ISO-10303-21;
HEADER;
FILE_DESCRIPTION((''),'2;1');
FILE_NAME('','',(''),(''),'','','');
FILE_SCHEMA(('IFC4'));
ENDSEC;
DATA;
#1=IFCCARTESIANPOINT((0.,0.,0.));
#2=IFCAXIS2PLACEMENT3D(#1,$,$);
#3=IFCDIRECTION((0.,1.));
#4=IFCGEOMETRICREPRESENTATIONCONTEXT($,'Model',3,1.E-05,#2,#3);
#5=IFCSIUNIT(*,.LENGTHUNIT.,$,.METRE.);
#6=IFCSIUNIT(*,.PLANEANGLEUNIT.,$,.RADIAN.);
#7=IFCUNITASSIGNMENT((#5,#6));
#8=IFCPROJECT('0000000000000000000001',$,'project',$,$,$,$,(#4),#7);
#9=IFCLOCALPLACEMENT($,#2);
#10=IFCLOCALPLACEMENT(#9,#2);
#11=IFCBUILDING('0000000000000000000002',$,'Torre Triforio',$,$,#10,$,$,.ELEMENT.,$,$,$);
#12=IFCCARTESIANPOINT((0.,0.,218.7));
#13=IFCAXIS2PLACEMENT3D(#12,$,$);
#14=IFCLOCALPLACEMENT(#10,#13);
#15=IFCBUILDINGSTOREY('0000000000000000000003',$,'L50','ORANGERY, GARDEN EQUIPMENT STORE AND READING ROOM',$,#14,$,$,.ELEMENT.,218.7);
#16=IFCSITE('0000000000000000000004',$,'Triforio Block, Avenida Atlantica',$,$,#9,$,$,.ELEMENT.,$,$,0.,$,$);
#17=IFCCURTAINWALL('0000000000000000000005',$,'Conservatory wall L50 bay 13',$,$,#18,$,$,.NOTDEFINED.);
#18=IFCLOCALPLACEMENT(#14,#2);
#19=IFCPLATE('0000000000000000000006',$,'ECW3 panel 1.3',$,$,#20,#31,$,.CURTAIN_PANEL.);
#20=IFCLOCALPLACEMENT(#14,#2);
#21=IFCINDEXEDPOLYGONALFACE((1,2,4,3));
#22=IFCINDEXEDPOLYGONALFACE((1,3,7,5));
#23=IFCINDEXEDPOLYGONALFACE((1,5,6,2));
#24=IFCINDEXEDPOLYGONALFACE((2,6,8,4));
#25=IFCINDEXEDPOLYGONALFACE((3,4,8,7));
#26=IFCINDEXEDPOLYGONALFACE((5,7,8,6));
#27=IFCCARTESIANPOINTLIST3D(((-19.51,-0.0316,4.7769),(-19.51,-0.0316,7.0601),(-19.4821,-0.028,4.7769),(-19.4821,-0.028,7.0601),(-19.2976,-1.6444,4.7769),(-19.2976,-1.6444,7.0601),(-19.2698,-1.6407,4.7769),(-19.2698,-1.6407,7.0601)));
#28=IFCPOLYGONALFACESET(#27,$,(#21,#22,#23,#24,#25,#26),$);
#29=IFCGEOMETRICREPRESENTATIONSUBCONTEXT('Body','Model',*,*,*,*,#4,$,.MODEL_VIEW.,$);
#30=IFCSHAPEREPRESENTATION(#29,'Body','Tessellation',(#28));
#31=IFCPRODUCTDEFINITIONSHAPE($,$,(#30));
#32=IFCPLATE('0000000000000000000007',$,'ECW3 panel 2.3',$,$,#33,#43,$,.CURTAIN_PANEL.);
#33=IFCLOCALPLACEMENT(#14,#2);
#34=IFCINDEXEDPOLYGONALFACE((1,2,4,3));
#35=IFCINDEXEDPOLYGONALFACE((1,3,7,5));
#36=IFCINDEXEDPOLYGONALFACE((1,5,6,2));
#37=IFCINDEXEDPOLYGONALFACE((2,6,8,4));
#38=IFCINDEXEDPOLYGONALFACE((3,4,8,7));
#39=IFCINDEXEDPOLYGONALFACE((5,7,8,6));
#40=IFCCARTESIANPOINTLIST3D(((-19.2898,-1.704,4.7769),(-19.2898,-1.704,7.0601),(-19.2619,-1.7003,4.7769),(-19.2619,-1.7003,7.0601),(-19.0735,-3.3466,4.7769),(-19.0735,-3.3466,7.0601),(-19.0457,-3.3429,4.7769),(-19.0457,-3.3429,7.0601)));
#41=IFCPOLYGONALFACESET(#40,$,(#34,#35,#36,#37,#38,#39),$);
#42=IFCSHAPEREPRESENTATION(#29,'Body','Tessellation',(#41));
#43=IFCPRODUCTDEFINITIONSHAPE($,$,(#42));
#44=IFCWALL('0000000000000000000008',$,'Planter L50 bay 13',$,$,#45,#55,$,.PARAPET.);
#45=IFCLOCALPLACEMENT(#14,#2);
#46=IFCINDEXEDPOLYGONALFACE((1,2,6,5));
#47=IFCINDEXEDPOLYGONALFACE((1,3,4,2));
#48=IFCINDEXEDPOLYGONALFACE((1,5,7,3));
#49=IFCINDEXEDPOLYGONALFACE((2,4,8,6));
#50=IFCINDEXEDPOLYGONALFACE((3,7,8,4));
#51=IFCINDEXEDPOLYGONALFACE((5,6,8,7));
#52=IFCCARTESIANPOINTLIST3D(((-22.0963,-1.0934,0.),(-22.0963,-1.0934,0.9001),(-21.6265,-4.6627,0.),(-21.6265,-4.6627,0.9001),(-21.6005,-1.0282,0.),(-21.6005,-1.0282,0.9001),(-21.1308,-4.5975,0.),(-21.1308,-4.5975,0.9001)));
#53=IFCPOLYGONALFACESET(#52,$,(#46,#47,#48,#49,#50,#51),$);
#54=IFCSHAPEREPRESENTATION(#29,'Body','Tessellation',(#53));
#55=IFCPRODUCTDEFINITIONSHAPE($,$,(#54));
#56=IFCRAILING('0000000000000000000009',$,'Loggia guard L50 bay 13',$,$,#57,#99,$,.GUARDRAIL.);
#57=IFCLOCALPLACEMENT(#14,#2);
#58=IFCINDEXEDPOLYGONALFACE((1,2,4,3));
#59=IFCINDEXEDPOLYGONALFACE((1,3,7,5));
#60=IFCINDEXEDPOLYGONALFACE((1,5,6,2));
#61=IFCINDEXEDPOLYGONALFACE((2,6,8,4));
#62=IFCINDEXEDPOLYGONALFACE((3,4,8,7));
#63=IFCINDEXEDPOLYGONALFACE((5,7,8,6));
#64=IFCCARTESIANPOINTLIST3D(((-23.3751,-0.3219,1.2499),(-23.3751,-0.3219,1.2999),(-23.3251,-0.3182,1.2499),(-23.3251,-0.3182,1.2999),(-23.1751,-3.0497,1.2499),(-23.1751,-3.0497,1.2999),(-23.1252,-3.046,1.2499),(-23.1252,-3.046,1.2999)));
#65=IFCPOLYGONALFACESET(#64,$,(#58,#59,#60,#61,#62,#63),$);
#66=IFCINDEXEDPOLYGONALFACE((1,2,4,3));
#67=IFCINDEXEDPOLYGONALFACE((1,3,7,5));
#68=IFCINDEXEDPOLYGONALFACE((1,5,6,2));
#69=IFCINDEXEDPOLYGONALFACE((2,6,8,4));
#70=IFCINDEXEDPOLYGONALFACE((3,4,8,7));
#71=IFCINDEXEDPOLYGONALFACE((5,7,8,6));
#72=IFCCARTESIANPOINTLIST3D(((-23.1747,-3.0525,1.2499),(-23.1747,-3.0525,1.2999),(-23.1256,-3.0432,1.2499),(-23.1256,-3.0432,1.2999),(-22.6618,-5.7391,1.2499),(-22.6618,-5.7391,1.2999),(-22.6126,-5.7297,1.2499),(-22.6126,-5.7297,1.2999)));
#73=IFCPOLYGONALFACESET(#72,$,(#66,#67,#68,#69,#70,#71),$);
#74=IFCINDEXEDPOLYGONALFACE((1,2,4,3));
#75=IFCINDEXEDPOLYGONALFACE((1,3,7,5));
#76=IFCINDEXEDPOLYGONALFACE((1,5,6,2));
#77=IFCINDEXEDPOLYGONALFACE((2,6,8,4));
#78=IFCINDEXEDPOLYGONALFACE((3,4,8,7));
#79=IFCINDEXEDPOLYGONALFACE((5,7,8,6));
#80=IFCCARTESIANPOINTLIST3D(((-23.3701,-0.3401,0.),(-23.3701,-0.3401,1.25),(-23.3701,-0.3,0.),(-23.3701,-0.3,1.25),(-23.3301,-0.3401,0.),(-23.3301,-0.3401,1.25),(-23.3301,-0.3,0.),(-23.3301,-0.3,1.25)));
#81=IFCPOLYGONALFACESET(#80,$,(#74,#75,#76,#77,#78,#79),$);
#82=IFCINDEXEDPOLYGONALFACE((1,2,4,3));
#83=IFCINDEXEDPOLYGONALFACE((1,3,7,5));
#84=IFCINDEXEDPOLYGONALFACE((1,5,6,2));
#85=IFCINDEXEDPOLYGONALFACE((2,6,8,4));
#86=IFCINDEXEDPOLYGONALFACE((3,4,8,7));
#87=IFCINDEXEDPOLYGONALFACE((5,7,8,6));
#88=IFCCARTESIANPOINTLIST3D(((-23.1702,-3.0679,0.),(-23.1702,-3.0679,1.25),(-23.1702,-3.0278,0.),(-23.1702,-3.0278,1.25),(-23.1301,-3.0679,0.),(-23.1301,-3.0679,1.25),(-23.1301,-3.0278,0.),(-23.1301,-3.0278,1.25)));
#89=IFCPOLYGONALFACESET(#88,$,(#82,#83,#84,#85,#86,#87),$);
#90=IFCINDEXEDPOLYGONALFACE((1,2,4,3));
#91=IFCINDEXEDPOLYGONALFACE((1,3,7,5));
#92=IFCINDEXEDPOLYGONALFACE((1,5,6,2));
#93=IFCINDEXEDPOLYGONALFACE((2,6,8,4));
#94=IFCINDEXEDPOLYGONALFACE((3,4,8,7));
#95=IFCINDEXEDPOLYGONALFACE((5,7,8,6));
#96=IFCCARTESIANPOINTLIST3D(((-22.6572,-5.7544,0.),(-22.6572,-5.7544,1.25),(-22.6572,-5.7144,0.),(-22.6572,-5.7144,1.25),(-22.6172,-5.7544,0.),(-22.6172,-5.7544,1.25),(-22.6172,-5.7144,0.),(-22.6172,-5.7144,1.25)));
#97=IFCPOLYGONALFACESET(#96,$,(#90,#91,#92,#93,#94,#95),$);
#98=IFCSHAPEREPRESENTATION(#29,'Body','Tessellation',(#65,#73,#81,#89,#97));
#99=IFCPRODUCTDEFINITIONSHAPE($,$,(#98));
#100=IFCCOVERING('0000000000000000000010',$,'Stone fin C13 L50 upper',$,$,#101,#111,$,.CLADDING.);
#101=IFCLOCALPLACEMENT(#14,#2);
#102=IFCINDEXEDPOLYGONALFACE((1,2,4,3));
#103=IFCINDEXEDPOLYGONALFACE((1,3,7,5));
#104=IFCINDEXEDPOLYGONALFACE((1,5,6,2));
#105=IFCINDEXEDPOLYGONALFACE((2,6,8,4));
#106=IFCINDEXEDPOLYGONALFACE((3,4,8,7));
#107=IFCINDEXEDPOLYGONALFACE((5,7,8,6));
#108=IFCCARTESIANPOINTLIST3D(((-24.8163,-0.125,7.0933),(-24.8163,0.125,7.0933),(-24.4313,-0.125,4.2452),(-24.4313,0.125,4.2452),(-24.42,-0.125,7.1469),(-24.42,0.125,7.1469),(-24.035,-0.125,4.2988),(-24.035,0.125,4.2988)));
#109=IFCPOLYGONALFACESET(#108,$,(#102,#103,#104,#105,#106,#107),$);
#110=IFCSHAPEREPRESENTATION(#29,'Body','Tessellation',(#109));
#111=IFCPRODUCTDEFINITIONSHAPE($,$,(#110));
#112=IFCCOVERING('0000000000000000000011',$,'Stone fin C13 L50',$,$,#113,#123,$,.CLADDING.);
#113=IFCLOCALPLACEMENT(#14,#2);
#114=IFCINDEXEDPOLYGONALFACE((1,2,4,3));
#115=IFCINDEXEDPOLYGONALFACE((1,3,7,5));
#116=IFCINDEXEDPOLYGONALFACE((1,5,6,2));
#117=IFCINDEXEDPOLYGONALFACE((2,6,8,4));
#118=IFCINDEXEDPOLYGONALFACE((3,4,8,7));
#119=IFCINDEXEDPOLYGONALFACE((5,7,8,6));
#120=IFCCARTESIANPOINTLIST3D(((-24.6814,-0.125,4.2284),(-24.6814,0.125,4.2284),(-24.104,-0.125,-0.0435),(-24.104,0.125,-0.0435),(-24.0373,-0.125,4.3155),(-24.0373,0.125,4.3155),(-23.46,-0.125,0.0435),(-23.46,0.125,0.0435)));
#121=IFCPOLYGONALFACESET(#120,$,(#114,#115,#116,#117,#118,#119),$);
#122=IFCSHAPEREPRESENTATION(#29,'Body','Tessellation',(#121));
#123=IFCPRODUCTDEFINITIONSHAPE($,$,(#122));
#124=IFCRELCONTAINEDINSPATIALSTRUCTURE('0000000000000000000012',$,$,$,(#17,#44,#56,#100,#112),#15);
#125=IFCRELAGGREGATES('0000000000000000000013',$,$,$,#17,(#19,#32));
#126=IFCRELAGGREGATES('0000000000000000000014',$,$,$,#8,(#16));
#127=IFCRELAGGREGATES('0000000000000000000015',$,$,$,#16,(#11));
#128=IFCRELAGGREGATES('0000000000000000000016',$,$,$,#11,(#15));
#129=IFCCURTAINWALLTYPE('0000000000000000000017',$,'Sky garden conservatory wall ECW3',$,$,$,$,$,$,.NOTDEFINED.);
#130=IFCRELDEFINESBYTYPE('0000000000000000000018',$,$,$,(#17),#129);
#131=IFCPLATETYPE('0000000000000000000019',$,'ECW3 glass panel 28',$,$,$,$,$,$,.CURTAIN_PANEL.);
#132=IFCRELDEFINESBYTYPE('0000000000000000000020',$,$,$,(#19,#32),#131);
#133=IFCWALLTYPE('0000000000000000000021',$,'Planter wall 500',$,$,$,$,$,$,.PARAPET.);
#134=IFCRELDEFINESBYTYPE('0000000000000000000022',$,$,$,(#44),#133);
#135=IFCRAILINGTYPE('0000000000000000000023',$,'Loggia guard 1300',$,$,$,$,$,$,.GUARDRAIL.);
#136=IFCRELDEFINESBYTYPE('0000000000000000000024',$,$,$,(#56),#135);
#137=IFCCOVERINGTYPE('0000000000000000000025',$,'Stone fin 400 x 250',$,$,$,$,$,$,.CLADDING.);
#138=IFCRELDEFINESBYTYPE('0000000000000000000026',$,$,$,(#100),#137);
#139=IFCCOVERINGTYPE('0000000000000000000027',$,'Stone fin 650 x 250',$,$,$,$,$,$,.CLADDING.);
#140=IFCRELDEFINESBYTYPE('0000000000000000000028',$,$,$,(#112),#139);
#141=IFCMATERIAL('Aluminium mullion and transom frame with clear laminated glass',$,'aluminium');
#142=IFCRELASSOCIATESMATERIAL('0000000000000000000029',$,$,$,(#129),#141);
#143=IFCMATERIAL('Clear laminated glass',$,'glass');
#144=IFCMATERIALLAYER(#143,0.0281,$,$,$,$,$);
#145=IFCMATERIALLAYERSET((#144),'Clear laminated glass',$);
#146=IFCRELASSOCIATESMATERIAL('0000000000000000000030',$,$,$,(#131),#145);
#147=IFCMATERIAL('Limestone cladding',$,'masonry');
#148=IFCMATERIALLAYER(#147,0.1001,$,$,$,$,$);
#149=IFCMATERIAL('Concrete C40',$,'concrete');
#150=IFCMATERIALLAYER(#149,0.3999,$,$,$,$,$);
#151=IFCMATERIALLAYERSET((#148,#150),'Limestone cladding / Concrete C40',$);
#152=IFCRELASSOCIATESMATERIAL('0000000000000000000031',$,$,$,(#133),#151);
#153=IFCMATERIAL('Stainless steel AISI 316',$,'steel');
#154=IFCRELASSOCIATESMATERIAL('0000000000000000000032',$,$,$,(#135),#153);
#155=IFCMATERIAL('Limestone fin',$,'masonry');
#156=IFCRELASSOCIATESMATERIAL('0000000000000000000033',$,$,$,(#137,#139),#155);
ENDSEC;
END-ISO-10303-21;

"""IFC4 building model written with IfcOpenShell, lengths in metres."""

from ifc_helpers import new_model, si_unit, direction, frame, frame_2d, origin, origin_2d, place, context, subcontext, project, spatial, rectangle, extrude, material, layer, layer_set, material_profile, profile_set, type_object, element, aggregate, save


model = new_model("IFC4")

# Units and contexts
model_context = context("Model", 3, precision=1e-05, world=origin(), true_north=direction((0.0, 1.0)))
body_context = subcontext(model_context, "Body", "Model", "MODEL_VIEW")
ifc_project = project(units=[si_unit("LENGTHUNIT", "METRE"), si_unit("PLANEANGLEUNIT", "RADIAN")], contexts=[model_context])

# Site, building, storey
site_placement = place(None, origin())
site = spatial("IfcSite", under=ifc_project, at=site_placement, Name="Triforio Block, Avenida Atlantica", CompositionType="ELEMENT", RefElevation=0.0)
building_placement = place(site_placement, origin())
building = spatial("IfcBuilding", under=site, at=building_placement, Name="Torre Triforio", CompositionType="ELEMENT")
storey_placement = place(building_placement, frame((0.0, 0.0, 218.7)))
storey = spatial("IfcBuildingStorey", under=building, at=storey_placement, Name="L50", Description="ORANGERY, GARDEN EQUIPMENT STORE AND READING ROOM", CompositionType="ELEMENT", Elevation=218.7)

# Curtain wall
ifc_material_1 = material(Name="Aluminium mullion and transom frame with clear laminated glass", Category="aluminium")
curtain_wall_type = type_object("IfcCurtainWallType", Name="Sky garden conservatory wall ECW3", PredefinedType="NOTDEFINED", material=ifc_material_1)
curtain_wall_placement = place(storey_placement, origin())
curtain_wall = element("IfcCurtainWall", 1, at=curtain_wall_placement, inside=storey, type_object=curtain_wall_type, Name="Conservatory wall L50 bay 13", PredefinedType="NOTDEFINED")

# Shared definitions
ifc_material_2 = material(Name="Concrete C40", Category="concrete")

# Plates
ifc_material_3 = material(Name="Clear laminated glass", Category="glass")
ifc_layer_1 = layer(ifc_material_3, 0.0281)
ifc_layer_set_1 = layer_set([ifc_layer_1], Name="Clear laminated glass")
plate_type = type_object("IfcPlateType", Name="ECW3 glass panel 28", PredefinedType="CURTAIN_PANEL", material=ifc_layer_set_1)
plate_1_placement = place(storey_placement, frame((-19.3899, -0.8362, 4.7769), z_axis=(0.0, 0.0, 1.0), x_axis=(0.130532, -0.991444, 0.0)))
plate_1 = element("IfcPlate", 2, at=plate_1_placement, type_object=plate_type, Name="ECW3 panel 1.3", PredefinedType="CURTAIN_PANEL", context=body_context, shape_type="SweptSolid", body=[
    extrude(rectangle(XDim=1.6267, YDim=0.0281, at=origin_2d()), origin(), (0.0, 0.0, 1.0), 2.2832),
])
plate_2_placement = place(storey_placement, frame((-19.1677, -2.5234, 4.7769), z_axis=(0.0, 0.0, 1.0), x_axis=(0.130532, -0.991444, 0.0)))
plate_2 = element("IfcPlate", 3, at=plate_2_placement, type_object=plate_type, Name="ECW3 panel 2.3", PredefinedType="CURTAIN_PANEL", context=body_context, shape_type="SweptSolid", body=[
    extrude(rectangle(XDim=1.6567, YDim=0.0281, at=origin_2d()), origin(), (0.0, 0.0, 1.0), 2.2832),
])
aggregate(curtain_wall, [plate_1, plate_2])

# Wall
ifc_material_4 = material(Name="Limestone cladding", Category="masonry")
ifc_layer_2 = layer(ifc_material_4, 0.1001)
ifc_layer_3 = layer(ifc_material_2, 0.3999)
ifc_layer_set_2 = layer_set([ifc_layer_2, ifc_layer_3], Name="Limestone cladding / Concrete C40")
wall_type = type_object("IfcWallType", Name="Planter wall 500", PredefinedType="PARAPET", material=ifc_layer_set_2)
wall_placement = place(storey_placement, frame((-21.8484, -1.0608, 0.0), z_axis=(0.0, 0.0, 1.0), x_axis=(0.130476, -0.991452, 0.0)))
element("IfcWall", 4, at=wall_placement, inside=storey, type_object=wall_type, Name="Planter L50 bay 13", PredefinedType="PARAPET", context=body_context, shape_type="SweptSolid", body=[
    extrude(rectangle(XDim=3.6001, YDim=0.5, at=frame_2d((1.8, 0.0))), origin(), (0.0, 0.0, 1.0), 0.9001),
])

# Railing
ifc_material_5 = material(Name="Stainless steel AISI 316", Category="steel")
railing_type = type_object("IfcRailingType", Name="Loggia guard 1300", PredefinedType="GUARDRAIL", material=ifc_material_5)
railing_placement = place(storey_placement, frame((-23.3501, -0.3201, 0.0)))
element("IfcRailing", 5, at=railing_placement, inside=storey, type_object=railing_type, Name="Loggia guard L50 bay 13", PredefinedType="GUARDRAIL", context=body_context, shape_type="SweptSolid", body=[
    extrude(rectangle(XDim=0.05, YDim=0.05, at=origin_2d()), frame((0.0, 0.0, 1.2749), z_axis=(0.073106, -0.997324, 0.0), x_axis=(0.997324, 0.073106, 0.0)), (0.0, 0.0, 1.0), 2.7351),
    extrude(rectangle(XDim=0.05, YDim=0.05, at=origin_2d()), frame((0.2, -2.7278, 1.2749), z_axis=(0.187543, -0.982256, 0.0), x_axis=(0.982256, 0.187543, 0.0)), (0.0, 0.0, 1.0), 2.7351),
    extrude(rectangle(XDim=0.04, YDim=0.04, at=origin_2d()), origin(), (0.0, 0.0, 1.0), 1.25),
    extrude(rectangle(XDim=0.04, YDim=0.04, at=origin_2d()), frame((0.2, -2.7278, 0.0)), (0.0, 0.0, 1.0), 1.25),
    extrude(rectangle(XDim=0.04, YDim=0.04, at=origin_2d()), frame((0.7129, -5.4143, 0.0)), (0.0, 0.0, 1.0), 1.25),
])

# Coverings
ifc_material_6 = material(Name="Limestone fin", Category="masonry")
ifc_material_profile_1 = material_profile(ifc_material_6, rectangle(XDim=0.3999, YDim=0.25, at=origin_2d()), Name="FIN 400x250")
ifc_profile_set_1 = profile_set([ifc_material_profile_1], Name="Limestone fin")
covering_type_1 = type_object("IfcCoveringType", Name="Stone fin 400 x 250", PredefinedType="CLADDING", material=ifc_profile_set_1)
covering_1_placement = place(storey_placement, frame((-24.2332, 0.0, 4.272), z_axis=(-0.133961, 0.0, 0.990987), x_axis=(0.990987, 0.0, 0.133961)))
element("IfcCovering", 6, at=covering_1_placement, inside=storey, type_object=covering_type_1, Name="Stone fin C13 L50 upper", PredefinedType="CLADDING", context=body_context, shape_type="SweptSolid", body=[
    extrude(rectangle(XDim=0.3999, YDim=0.25, at=origin_2d()), origin(), (0.0, 0.0, 1.0), 2.874),
])
ifc_material_profile_2 = material_profile(ifc_material_6, rectangle(XDim=0.6499, YDim=0.25, at=origin_2d()), Name="FIN 650x250")
ifc_profile_set_2 = profile_set([ifc_material_profile_2], Name="Limestone fin")
covering_type_2 = type_object("IfcCoveringType", Name="Stone fin 650 x 250", PredefinedType="CLADDING", material=ifc_profile_set_2)
covering_2_placement = place(storey_placement, frame((-23.782, 0.0, 0.0), z_axis=(-0.13394, 0.0, 0.990989), x_axis=(0.990989, 0.0, 0.13394)))
element("IfcCovering", 7, at=covering_2_placement, inside=storey, type_object=covering_type_2, Name="Stone fin C13 L50", PredefinedType="CLADDING", context=body_context, shape_type="SweptSolid", body=[
    extrude(rectangle(XDim=0.6499, YDim=0.25, at=origin_2d()), origin(), (0.0, 0.0, 1.0), 4.3108),
])

save(model, "model.ifc")
